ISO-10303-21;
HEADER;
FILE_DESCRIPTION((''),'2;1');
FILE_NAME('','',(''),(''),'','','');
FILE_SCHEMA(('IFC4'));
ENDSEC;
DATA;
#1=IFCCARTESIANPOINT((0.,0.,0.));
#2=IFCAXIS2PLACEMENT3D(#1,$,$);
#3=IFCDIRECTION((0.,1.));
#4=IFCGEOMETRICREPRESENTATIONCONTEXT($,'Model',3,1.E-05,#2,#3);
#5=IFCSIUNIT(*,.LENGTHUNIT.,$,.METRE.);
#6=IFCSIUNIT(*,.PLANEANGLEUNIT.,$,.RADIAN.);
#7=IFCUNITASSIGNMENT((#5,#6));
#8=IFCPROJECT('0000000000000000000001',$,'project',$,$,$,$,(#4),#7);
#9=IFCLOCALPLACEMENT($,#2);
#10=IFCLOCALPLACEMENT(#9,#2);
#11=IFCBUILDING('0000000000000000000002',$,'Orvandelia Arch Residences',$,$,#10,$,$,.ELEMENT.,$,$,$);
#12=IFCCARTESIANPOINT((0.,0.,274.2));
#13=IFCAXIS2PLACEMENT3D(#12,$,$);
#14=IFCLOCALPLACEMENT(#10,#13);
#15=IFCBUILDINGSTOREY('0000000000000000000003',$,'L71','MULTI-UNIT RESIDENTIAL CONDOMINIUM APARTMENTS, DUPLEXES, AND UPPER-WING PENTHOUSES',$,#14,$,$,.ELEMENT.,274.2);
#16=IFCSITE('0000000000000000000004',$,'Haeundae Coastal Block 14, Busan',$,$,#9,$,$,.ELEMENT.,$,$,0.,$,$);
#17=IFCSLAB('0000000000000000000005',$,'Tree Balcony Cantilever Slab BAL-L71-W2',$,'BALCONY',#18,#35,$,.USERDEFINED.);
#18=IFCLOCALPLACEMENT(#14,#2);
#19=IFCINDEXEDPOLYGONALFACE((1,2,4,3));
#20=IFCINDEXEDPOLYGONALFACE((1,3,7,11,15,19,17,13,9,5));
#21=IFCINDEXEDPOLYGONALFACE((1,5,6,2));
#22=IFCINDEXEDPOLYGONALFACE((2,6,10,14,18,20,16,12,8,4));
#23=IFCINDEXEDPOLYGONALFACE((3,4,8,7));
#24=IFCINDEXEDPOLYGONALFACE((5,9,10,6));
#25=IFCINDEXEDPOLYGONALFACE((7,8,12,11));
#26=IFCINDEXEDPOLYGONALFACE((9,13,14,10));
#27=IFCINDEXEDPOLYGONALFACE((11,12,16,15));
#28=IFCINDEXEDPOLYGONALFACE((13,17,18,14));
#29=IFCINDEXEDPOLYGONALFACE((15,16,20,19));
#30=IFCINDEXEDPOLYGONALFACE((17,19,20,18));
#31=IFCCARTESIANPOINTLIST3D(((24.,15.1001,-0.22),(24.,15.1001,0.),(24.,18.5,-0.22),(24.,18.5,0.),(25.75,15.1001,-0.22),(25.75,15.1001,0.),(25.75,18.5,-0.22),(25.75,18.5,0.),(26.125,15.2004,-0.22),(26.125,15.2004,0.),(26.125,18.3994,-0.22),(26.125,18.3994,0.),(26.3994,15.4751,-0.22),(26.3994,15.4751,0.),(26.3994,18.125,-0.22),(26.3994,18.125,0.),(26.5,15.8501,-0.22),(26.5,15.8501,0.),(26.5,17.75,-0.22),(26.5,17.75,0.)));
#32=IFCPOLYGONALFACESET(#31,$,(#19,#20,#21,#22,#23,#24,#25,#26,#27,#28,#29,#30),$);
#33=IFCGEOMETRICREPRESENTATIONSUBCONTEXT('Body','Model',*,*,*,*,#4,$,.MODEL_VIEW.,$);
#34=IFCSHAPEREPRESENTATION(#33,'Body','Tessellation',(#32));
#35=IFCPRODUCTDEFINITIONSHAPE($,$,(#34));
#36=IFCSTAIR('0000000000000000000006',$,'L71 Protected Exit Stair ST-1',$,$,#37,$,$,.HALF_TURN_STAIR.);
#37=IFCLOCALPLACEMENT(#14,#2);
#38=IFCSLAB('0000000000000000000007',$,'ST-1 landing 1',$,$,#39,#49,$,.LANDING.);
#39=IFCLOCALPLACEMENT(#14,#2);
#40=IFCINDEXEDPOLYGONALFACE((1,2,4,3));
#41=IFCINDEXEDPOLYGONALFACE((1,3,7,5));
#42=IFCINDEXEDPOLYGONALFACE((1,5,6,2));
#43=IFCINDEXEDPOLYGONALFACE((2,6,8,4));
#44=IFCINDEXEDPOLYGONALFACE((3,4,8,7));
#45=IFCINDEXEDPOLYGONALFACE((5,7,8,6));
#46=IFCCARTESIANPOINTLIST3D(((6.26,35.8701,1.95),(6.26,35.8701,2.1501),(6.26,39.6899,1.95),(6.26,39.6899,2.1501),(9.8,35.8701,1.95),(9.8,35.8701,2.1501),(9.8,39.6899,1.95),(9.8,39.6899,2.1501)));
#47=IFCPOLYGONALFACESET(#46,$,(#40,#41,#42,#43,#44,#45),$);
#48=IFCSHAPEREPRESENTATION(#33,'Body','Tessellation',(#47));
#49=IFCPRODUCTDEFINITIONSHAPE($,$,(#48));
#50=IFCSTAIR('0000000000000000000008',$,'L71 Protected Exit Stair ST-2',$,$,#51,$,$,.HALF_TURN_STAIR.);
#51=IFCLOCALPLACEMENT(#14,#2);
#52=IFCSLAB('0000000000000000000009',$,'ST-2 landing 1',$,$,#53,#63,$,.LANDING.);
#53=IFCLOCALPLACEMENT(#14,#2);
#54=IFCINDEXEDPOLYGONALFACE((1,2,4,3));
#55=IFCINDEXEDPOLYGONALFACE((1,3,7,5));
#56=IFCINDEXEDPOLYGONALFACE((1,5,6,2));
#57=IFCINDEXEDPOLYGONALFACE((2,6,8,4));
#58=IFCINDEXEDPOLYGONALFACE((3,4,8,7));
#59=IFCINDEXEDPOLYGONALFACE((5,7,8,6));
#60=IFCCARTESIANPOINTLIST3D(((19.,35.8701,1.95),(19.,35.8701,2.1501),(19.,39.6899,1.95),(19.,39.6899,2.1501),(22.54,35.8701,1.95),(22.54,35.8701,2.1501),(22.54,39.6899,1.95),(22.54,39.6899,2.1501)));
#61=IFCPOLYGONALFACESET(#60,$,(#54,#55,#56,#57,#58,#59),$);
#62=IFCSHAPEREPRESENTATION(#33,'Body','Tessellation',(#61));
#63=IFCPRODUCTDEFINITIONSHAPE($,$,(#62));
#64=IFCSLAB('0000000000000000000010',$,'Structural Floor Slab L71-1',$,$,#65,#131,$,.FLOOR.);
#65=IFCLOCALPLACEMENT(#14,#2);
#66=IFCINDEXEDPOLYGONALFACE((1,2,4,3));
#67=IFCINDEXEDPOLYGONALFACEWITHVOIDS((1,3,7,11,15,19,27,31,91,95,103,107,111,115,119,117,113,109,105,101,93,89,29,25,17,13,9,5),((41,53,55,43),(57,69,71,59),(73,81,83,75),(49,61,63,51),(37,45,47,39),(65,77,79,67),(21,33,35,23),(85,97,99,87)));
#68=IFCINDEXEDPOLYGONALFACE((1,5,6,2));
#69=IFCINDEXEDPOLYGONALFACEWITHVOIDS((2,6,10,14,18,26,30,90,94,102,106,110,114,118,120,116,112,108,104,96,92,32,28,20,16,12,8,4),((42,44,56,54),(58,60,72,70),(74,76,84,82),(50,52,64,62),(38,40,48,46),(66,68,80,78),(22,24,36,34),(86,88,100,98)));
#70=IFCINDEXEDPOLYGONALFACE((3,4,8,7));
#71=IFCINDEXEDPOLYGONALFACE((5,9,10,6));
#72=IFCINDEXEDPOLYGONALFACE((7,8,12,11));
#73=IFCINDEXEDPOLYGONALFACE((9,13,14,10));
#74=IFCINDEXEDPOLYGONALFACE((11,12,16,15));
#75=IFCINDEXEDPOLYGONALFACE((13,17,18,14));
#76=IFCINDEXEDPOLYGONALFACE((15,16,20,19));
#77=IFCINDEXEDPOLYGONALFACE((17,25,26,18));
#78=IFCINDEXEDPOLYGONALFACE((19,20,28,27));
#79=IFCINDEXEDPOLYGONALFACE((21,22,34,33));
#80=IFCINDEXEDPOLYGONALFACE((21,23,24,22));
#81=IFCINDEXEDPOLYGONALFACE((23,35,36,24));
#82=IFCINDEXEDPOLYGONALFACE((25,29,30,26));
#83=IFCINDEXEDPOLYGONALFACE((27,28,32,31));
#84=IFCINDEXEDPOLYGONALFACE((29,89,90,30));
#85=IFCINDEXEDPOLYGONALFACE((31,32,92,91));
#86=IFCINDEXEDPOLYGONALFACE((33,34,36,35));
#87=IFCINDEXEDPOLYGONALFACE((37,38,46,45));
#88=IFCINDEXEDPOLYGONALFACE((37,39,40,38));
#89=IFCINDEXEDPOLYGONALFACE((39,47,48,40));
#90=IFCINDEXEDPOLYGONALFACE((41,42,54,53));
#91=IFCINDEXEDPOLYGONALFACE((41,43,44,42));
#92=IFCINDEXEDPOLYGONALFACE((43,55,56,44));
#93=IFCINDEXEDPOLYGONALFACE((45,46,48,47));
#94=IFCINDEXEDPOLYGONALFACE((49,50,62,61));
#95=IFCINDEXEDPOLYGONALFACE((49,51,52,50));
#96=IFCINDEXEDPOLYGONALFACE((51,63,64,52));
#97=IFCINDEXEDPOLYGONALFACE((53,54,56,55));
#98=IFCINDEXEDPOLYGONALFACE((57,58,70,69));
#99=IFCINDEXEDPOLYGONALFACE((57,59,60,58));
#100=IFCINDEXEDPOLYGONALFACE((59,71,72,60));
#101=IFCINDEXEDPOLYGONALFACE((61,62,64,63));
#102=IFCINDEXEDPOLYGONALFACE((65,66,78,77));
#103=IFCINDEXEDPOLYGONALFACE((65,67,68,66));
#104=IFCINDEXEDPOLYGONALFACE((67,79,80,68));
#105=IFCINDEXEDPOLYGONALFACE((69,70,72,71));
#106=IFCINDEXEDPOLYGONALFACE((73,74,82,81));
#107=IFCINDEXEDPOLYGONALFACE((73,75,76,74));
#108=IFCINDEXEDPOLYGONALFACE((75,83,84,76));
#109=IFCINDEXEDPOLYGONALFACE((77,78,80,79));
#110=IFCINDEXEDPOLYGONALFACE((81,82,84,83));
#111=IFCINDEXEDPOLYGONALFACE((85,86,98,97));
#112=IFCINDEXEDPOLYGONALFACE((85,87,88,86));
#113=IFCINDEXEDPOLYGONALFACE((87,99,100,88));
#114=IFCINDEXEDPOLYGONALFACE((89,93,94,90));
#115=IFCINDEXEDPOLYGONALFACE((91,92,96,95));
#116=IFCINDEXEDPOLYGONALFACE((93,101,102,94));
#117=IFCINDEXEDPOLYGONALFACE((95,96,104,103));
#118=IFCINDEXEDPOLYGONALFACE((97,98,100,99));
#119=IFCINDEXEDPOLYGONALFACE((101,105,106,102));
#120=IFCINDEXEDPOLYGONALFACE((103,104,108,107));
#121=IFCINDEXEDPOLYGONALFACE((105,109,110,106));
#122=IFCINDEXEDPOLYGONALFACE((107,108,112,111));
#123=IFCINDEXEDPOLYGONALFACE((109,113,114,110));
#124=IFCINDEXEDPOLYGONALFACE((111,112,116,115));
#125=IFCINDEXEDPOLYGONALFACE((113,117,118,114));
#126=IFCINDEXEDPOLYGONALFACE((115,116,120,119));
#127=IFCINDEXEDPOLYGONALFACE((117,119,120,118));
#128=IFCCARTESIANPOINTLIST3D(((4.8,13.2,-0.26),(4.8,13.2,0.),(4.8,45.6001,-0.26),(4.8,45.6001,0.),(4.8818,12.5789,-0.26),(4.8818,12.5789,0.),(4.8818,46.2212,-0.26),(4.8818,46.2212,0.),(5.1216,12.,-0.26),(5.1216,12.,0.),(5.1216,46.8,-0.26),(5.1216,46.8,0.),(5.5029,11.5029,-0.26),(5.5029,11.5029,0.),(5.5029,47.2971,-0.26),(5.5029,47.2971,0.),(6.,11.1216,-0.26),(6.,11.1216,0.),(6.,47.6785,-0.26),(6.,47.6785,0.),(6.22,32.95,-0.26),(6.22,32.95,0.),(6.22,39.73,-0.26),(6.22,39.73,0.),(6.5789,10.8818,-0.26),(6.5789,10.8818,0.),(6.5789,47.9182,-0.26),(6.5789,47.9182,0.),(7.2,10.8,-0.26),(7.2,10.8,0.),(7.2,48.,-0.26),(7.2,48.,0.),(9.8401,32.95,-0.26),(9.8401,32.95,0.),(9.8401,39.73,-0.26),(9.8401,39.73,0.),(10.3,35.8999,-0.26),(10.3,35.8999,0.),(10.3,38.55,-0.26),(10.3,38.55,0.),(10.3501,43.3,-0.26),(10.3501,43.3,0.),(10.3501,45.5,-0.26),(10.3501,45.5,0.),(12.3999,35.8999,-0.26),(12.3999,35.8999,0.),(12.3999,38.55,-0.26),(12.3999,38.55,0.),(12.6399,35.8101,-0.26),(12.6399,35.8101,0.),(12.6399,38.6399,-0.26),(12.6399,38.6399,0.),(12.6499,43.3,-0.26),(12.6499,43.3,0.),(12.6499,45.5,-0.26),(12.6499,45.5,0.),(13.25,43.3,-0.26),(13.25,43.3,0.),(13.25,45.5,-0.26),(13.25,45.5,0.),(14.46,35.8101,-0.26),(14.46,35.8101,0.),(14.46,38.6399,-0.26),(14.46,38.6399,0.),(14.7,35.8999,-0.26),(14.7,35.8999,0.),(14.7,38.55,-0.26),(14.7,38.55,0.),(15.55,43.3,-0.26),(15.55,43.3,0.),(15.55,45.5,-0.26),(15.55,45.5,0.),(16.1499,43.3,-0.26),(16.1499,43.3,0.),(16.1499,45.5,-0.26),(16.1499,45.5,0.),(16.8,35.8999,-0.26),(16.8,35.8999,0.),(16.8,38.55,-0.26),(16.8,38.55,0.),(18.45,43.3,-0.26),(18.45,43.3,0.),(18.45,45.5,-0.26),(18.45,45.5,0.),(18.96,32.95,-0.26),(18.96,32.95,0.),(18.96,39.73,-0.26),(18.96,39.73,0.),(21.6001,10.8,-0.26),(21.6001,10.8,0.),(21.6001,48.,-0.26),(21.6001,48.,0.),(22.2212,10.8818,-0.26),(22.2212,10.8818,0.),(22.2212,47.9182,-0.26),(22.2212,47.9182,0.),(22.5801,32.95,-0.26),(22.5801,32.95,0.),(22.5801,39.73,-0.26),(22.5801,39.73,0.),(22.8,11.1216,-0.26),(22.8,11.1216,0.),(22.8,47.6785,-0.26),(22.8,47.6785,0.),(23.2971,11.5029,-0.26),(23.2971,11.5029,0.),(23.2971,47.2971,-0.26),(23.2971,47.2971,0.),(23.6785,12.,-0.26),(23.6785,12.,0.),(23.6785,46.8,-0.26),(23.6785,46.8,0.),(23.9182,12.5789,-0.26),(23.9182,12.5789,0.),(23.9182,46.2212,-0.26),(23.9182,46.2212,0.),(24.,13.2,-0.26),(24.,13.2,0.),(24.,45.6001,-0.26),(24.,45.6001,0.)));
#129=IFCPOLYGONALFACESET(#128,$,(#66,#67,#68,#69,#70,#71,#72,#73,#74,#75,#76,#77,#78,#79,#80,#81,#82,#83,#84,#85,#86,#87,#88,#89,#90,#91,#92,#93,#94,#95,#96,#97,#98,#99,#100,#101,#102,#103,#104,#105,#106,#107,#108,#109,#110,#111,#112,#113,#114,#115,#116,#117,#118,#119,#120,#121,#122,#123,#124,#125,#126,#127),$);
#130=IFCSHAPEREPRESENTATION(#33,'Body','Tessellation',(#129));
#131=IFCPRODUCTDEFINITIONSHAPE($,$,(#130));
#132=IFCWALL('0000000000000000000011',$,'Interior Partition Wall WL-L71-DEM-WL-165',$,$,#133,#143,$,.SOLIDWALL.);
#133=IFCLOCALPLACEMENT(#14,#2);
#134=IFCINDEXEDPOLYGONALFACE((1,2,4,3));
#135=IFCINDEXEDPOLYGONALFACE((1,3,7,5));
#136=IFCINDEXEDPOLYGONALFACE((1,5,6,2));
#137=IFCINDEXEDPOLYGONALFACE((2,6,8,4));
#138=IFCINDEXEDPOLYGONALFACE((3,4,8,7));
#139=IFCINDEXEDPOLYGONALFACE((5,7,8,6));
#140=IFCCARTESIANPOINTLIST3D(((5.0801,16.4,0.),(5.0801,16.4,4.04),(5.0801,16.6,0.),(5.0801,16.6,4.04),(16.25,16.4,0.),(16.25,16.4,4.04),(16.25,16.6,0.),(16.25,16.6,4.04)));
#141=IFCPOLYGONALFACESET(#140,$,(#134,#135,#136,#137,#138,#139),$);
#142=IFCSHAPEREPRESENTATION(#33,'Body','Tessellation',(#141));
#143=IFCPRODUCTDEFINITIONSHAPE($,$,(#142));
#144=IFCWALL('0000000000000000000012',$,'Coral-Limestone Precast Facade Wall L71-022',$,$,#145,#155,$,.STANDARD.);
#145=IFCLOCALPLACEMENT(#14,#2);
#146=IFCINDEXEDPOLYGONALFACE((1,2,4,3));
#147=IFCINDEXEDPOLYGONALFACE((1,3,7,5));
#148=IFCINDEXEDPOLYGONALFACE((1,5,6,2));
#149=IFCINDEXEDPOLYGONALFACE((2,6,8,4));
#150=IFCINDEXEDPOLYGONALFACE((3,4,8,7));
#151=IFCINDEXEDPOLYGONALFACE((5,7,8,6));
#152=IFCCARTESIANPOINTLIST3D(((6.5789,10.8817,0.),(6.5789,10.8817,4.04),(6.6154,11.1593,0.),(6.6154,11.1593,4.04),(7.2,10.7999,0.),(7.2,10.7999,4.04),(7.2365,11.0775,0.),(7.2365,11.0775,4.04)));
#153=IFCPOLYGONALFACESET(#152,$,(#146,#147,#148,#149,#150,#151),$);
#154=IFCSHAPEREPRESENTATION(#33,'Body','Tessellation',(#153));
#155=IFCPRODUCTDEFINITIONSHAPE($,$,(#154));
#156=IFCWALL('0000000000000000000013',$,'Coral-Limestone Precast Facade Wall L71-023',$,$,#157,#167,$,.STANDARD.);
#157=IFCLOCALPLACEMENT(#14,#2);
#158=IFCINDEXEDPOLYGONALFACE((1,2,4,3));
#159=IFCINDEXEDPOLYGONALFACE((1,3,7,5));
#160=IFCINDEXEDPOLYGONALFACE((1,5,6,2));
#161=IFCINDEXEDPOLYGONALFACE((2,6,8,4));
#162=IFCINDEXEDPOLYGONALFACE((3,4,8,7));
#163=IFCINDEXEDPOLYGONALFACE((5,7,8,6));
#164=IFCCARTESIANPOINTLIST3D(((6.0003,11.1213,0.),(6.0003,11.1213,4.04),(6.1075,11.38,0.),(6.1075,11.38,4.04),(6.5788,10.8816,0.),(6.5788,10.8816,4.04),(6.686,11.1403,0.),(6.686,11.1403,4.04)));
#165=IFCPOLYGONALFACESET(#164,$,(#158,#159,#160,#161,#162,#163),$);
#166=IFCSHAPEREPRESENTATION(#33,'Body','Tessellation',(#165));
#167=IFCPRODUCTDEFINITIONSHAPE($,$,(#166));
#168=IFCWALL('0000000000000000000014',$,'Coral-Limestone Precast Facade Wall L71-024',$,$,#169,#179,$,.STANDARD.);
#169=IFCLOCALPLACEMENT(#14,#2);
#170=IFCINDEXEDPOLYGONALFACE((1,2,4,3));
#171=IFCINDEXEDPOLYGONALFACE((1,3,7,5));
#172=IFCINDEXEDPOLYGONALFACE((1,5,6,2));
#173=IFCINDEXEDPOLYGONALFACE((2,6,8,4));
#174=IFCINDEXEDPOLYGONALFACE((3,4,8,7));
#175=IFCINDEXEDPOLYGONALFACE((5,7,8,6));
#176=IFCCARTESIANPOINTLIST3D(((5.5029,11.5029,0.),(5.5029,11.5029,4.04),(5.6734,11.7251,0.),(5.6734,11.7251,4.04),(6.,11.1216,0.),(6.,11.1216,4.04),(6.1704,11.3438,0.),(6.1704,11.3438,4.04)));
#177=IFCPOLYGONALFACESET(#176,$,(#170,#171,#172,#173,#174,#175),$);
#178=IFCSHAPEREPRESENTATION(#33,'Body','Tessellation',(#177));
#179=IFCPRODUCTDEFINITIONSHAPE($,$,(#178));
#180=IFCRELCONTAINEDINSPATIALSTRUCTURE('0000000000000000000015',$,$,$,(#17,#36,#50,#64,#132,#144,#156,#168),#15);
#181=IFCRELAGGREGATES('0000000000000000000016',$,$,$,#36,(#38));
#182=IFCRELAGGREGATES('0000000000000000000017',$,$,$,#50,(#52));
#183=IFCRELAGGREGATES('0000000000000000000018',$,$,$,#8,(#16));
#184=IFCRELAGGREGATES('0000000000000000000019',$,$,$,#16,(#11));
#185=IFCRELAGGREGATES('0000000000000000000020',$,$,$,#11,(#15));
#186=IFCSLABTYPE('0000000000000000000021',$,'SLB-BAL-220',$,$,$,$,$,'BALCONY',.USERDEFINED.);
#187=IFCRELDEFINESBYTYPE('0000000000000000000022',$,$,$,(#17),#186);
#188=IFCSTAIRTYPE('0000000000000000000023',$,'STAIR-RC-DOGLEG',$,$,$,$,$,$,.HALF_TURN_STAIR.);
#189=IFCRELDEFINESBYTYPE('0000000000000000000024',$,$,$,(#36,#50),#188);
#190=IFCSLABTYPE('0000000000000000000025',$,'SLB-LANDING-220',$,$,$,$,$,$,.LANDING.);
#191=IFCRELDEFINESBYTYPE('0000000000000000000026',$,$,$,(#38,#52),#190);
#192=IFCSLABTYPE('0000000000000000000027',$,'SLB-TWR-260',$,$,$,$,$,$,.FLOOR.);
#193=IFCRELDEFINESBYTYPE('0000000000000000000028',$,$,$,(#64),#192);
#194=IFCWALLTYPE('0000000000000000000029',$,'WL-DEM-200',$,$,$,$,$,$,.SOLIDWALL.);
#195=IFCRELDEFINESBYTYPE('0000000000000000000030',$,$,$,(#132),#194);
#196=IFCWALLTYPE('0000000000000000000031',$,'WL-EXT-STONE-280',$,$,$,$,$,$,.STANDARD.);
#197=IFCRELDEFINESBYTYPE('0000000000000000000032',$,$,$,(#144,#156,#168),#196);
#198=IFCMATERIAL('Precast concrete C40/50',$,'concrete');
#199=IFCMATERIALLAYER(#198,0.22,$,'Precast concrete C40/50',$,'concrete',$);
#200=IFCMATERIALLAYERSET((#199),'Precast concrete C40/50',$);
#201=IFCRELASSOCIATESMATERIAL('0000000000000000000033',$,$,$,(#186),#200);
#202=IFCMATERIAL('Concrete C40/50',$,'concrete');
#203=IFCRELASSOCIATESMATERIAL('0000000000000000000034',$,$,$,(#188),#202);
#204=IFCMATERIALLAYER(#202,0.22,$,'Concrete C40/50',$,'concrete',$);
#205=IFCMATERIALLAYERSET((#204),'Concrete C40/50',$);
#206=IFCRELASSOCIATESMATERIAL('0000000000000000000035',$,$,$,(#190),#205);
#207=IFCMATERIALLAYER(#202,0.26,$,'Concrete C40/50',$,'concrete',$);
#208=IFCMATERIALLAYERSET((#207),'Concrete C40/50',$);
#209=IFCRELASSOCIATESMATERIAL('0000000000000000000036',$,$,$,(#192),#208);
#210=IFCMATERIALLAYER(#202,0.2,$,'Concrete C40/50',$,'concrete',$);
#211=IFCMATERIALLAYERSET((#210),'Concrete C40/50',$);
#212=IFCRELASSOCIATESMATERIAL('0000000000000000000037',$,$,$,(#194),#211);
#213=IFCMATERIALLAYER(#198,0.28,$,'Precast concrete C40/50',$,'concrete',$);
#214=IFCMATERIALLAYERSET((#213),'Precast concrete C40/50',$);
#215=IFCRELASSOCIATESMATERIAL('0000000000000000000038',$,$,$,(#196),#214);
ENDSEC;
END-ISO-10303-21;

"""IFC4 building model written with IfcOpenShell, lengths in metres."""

from ifc_helpers import new_model, si_unit, direction, frame, frame_2d, origin, place, context, subcontext, project, spatial, polyline, rectangle, outline, extrude, material, layer, layer_set, type_object, element, aggregate, save


model = new_model("IFC4")

# Units and contexts
model_context = context("Model", 3, precision=1e-05, world=origin(), true_north=direction((0.0, 1.0)))
body_context = subcontext(model_context, "Body", "Model", "MODEL_VIEW")
ifc_project = project(units=[si_unit("LENGTHUNIT", "METRE"), si_unit("PLANEANGLEUNIT", "RADIAN")], contexts=[model_context])

# Site, building, storey
site_placement = place(None, origin())
site = spatial("IfcSite", under=ifc_project, at=site_placement, Name="Haeundae Coastal Block 14, Busan", CompositionType="ELEMENT", RefElevation=0.0)
building_placement = place(site_placement, origin())
building = spatial("IfcBuilding", under=site, at=building_placement, Name="Orvandelia Arch Residences", CompositionType="ELEMENT")
storey_placement = place(building_placement, frame((0.0, 0.0, 274.2)))
storey = spatial("IfcBuildingStorey", under=building, at=storey_placement, Name="L71", Description="MULTI-UNIT RESIDENTIAL CONDOMINIUM APARTMENTS, DUPLEXES, AND UPPER-WING PENTHOUSES", CompositionType="ELEMENT", Elevation=274.2)

# Slab
ifc_material_1 = material(Name="Precast concrete C40/50", Category="concrete")
ifc_layer_1 = layer(ifc_material_1, 0.22, Name="Precast concrete C40/50", Category="concrete")
ifc_layer_set_1 = layer_set([ifc_layer_1], Name="Precast concrete C40/50")
slab_type_1 = type_object("IfcSlabType", Name="SLB-BAL-220", ElementType="BALCONY", PredefinedType="USERDEFINED", material=ifc_layer_set_1)
slab_1_placement = place(storey_placement, frame((0.0, 0.0, -0.22)))
element("IfcSlab", 1, at=slab_1_placement, inside=storey, type_object=slab_type_1, Name="Tree Balcony Cantilever Slab BAL-L71-W2", ObjectType="BALCONY", PredefinedType="USERDEFINED", context=body_context, shape_type="SweptSolid", body=[
    extrude(outline(polyline([(24.0, 18.5), (24.0, 15.1001), (25.75, 15.1001), (26.125, 15.2004), (26.3994, 15.4751), (26.5, 15.8501), (26.5, 17.75), (26.3994, 18.125), (26.125, 18.3994), (25.75, 18.5), (24.0, 18.5)])), origin(), (0.0, 0.0, 1.0), 0.22),
])

# Stairs, slabs
ifc_material_2 = material(Name="Concrete C40/50", Category="concrete")
stair_type = type_object("IfcStairType", Name="STAIR-RC-DOGLEG", PredefinedType="HALF_TURN_STAIR", material=ifc_material_2)
stair_1_placement = place(storey_placement, origin())
stair_1 = element("IfcStair", 2, at=stair_1_placement, inside=storey, type_object=stair_type, Name="L71 Protected Exit Stair ST-1", PredefinedType="HALF_TURN_STAIR")
ifc_layer_2 = layer(ifc_material_2, 0.22, Name="Concrete C40/50", Category="concrete")
ifc_layer_set_2 = layer_set([ifc_layer_2], Name="Concrete C40/50")
slab_type_2 = type_object("IfcSlabType", Name="SLB-LANDING-220", PredefinedType="LANDING", material=ifc_layer_set_2)
slab_2_placement = place(storey_placement, frame((0.0, 0.0, 1.95)))
slab_2 = element("IfcSlab", 3, at=slab_2_placement, type_object=slab_type_2, Name="ST-1 landing 1", PredefinedType="LANDING", context=body_context, shape_type="SweptSolid", body=[
    extrude(outline(polyline([(9.8, 35.8701), (9.8, 39.6899), (6.26, 39.6899), (6.26, 35.8701), (9.8, 35.8701)])), origin(), (0.0, 0.0, 1.0), 0.2002),
])
aggregate(stair_1, [slab_2])
stair_2_placement = place(storey_placement, origin())
stair_2 = element("IfcStair", 4, at=stair_2_placement, inside=storey, type_object=stair_type, Name="L71 Protected Exit Stair ST-2", PredefinedType="HALF_TURN_STAIR")
slab_3_placement = place(storey_placement, frame((0.0, 0.0, 1.95)))
slab_3 = element("IfcSlab", 5, at=slab_3_placement, type_object=slab_type_2, Name="ST-2 landing 1", PredefinedType="LANDING", context=body_context, shape_type="SweptSolid", body=[
    extrude(outline(polyline([(22.54, 35.8701), (22.54, 39.6899), (19.0, 39.6899), (19.0, 35.8701), (22.54, 35.8701)])), origin(), (0.0, 0.0, 1.0), 0.2002),
])
aggregate(stair_2, [slab_3])

# Slab
ifc_layer_3 = layer(ifc_material_2, 0.26, Name="Concrete C40/50", Category="concrete")
ifc_layer_set_3 = layer_set([ifc_layer_3], Name="Concrete C40/50")
slab_type_3 = type_object("IfcSlabType", Name="SLB-TWR-260", PredefinedType="FLOOR", material=ifc_layer_set_3)
slab_4_placement = place(storey_placement, frame((0.0, 0.0, -0.26)))
element("IfcSlab", 6, at=slab_4_placement, inside=storey, type_object=slab_type_3, Name="Structural Floor Slab L71-1", PredefinedType="FLOOR", context=body_context, shape_type="SweptSolid", body=[
    extrude(outline(polyline([(4.8, 13.2), (4.8818, 12.5789), (5.1216, 12.0), (5.5029, 11.5029), (6.0, 11.1216), (6.5789, 10.8818), (7.2, 10.8), (21.6001, 10.8), (22.2212, 10.8818), (22.8, 11.1216), (23.2971, 11.5029), (23.6785, 12.0), (23.9182, 12.5789), (24.0, 13.2), (24.0, 45.6001), (23.9182, 46.2212), (23.6785, 46.8), (23.2971, 47.2971), (22.8, 47.6785), (22.2212, 47.9182), (21.6001, 48.0), (7.2, 48.0), (6.5789, 47.9182), (6.0, 47.6785), (5.5029, 47.2971), (5.1216, 46.8), (4.8818, 46.2212), (4.8, 45.6001), (4.8, 13.2)]), holes=[polyline([(6.22, 32.95), (9.8401, 32.95), (9.8401, 39.73), (6.22, 39.73), (6.22, 32.95)]), polyline([(18.96, 32.95), (22.5801, 32.95), (22.5801, 39.73), (18.96, 39.73), (18.96, 32.95)]), polyline([(12.6399, 35.8101), (14.46, 35.8101), (14.46, 38.6399), (12.6399, 38.6399), (12.6399, 35.8101)]), polyline([(10.3, 35.8999), (12.3999, 35.8999), (12.3999, 38.55), (10.3, 38.55), (10.3, 35.8999)]), polyline([(14.7, 35.8999), (16.8, 35.8999), (16.8, 38.55), (14.7, 38.55), (14.7, 35.8999)]), polyline([(10.3501, 43.3), (12.6499, 43.3), (12.6499, 45.5), (10.3501, 45.5), (10.3501, 43.3)]), polyline([(13.25, 43.3), (15.55, 43.3), (15.55, 45.5), (13.25, 45.5), (13.25, 43.3)]), polyline([(16.1499, 43.3), (18.45, 43.3), (18.45, 45.5), (16.1499, 45.5), (16.1499, 43.3)])]), origin(), (0.0, 0.0, 1.0), 0.26),
])

# Walls
ifc_layer_4 = layer(ifc_material_2, 0.2, Name="Concrete C40/50", Category="concrete")
ifc_layer_set_4 = layer_set([ifc_layer_4], Name="Concrete C40/50")
wall_type_1 = type_object("IfcWallType", Name="WL-DEM-200", PredefinedType="SOLIDWALL", material=ifc_layer_set_4)
wall_1_placement = place(storey_placement, frame((5.0801, 16.5, 0.0), z_axis=(0.0, 0.0, 1.0), x_axis=(1.0, 0.0, 0.0)))
element("IfcWall", 7, at=wall_1_placement, inside=storey, type_object=wall_type_1, Name="Interior Partition Wall WL-L71-DEM-WL-165", PredefinedType="SOLIDWALL", context=body_context, shape_type="SweptSolid", body=[
    extrude(rectangle(XDim=11.1699, YDim=0.2, at=frame_2d((5.585, 0.0))), origin(), (0.0, 0.0, 1.0), 4.04),
])
ifc_layer_5 = layer(ifc_material_1, 0.28, Name="Precast concrete C40/50", Category="concrete")
ifc_layer_set_5 = layer_set([ifc_layer_5], Name="Precast concrete C40/50")
wall_type_2 = type_object("IfcWallType", Name="WL-EXT-STONE-280", PredefinedType="STANDARD", material=ifc_layer_set_5)
wall_2_placement = place(storey_placement, frame((7.2183, 10.9387, 0.0), z_axis=(0.0, 0.0, 1.0), x_axis=(-0.991441, 0.130555, 0.0)))
element("IfcWall", 8, at=wall_2_placement, inside=storey, type_object=wall_type_2, Name="Coral-Limestone Precast Facade Wall L71-022", PredefinedType="STANDARD", context=body_context, shape_type="SweptSolid", body=[
    extrude(rectangle(XDim=0.6265, YDim=0.28, at=frame_2d((0.3132, 0.0))), origin(), (0.0, 0.0, 1.0), 4.04),
])
wall_3_placement = place(storey_placement, frame((6.6323, 11.011, 0.0), z_axis=(0.0, 0.0, 1.0), x_axis=(-0.923836, 0.382788, 0.0)))
element("IfcWall", 9, at=wall_3_placement, inside=storey, type_object=wall_type_2, Name="Coral-Limestone Precast Facade Wall L71-023", PredefinedType="STANDARD", context=body_context, shape_type="SweptSolid", body=[
    extrude(rectangle(XDim=0.6262, YDim=0.28, at=frame_2d((0.313, 0.0))), origin(), (0.0, 0.0, 1.0), 4.04),
])
for number, where, z_axis, x_axis, name in (
    (10, (6.0852, 11.2327, 0.0), (0.0, 0.0, 1.0), (-0.793406, 0.608693, 0.0), "Coral-Limestone Precast Facade Wall L71-024"),
):
    element("IfcWall", number, at=place(storey_placement, frame(where, z_axis=z_axis, x_axis=x_axis)), inside=storey, type_object=wall_type_2, Name=name, PredefinedType="STANDARD", context=body_context, shape_type="SweptSolid", body=[
        extrude(rectangle(XDim=0.6265, YDim=0.28, at=frame_2d((0.3132, 0.0))), origin(), (0.0, 0.0, 1.0), 4.04),
    ])

save(model, "model.ifc")
